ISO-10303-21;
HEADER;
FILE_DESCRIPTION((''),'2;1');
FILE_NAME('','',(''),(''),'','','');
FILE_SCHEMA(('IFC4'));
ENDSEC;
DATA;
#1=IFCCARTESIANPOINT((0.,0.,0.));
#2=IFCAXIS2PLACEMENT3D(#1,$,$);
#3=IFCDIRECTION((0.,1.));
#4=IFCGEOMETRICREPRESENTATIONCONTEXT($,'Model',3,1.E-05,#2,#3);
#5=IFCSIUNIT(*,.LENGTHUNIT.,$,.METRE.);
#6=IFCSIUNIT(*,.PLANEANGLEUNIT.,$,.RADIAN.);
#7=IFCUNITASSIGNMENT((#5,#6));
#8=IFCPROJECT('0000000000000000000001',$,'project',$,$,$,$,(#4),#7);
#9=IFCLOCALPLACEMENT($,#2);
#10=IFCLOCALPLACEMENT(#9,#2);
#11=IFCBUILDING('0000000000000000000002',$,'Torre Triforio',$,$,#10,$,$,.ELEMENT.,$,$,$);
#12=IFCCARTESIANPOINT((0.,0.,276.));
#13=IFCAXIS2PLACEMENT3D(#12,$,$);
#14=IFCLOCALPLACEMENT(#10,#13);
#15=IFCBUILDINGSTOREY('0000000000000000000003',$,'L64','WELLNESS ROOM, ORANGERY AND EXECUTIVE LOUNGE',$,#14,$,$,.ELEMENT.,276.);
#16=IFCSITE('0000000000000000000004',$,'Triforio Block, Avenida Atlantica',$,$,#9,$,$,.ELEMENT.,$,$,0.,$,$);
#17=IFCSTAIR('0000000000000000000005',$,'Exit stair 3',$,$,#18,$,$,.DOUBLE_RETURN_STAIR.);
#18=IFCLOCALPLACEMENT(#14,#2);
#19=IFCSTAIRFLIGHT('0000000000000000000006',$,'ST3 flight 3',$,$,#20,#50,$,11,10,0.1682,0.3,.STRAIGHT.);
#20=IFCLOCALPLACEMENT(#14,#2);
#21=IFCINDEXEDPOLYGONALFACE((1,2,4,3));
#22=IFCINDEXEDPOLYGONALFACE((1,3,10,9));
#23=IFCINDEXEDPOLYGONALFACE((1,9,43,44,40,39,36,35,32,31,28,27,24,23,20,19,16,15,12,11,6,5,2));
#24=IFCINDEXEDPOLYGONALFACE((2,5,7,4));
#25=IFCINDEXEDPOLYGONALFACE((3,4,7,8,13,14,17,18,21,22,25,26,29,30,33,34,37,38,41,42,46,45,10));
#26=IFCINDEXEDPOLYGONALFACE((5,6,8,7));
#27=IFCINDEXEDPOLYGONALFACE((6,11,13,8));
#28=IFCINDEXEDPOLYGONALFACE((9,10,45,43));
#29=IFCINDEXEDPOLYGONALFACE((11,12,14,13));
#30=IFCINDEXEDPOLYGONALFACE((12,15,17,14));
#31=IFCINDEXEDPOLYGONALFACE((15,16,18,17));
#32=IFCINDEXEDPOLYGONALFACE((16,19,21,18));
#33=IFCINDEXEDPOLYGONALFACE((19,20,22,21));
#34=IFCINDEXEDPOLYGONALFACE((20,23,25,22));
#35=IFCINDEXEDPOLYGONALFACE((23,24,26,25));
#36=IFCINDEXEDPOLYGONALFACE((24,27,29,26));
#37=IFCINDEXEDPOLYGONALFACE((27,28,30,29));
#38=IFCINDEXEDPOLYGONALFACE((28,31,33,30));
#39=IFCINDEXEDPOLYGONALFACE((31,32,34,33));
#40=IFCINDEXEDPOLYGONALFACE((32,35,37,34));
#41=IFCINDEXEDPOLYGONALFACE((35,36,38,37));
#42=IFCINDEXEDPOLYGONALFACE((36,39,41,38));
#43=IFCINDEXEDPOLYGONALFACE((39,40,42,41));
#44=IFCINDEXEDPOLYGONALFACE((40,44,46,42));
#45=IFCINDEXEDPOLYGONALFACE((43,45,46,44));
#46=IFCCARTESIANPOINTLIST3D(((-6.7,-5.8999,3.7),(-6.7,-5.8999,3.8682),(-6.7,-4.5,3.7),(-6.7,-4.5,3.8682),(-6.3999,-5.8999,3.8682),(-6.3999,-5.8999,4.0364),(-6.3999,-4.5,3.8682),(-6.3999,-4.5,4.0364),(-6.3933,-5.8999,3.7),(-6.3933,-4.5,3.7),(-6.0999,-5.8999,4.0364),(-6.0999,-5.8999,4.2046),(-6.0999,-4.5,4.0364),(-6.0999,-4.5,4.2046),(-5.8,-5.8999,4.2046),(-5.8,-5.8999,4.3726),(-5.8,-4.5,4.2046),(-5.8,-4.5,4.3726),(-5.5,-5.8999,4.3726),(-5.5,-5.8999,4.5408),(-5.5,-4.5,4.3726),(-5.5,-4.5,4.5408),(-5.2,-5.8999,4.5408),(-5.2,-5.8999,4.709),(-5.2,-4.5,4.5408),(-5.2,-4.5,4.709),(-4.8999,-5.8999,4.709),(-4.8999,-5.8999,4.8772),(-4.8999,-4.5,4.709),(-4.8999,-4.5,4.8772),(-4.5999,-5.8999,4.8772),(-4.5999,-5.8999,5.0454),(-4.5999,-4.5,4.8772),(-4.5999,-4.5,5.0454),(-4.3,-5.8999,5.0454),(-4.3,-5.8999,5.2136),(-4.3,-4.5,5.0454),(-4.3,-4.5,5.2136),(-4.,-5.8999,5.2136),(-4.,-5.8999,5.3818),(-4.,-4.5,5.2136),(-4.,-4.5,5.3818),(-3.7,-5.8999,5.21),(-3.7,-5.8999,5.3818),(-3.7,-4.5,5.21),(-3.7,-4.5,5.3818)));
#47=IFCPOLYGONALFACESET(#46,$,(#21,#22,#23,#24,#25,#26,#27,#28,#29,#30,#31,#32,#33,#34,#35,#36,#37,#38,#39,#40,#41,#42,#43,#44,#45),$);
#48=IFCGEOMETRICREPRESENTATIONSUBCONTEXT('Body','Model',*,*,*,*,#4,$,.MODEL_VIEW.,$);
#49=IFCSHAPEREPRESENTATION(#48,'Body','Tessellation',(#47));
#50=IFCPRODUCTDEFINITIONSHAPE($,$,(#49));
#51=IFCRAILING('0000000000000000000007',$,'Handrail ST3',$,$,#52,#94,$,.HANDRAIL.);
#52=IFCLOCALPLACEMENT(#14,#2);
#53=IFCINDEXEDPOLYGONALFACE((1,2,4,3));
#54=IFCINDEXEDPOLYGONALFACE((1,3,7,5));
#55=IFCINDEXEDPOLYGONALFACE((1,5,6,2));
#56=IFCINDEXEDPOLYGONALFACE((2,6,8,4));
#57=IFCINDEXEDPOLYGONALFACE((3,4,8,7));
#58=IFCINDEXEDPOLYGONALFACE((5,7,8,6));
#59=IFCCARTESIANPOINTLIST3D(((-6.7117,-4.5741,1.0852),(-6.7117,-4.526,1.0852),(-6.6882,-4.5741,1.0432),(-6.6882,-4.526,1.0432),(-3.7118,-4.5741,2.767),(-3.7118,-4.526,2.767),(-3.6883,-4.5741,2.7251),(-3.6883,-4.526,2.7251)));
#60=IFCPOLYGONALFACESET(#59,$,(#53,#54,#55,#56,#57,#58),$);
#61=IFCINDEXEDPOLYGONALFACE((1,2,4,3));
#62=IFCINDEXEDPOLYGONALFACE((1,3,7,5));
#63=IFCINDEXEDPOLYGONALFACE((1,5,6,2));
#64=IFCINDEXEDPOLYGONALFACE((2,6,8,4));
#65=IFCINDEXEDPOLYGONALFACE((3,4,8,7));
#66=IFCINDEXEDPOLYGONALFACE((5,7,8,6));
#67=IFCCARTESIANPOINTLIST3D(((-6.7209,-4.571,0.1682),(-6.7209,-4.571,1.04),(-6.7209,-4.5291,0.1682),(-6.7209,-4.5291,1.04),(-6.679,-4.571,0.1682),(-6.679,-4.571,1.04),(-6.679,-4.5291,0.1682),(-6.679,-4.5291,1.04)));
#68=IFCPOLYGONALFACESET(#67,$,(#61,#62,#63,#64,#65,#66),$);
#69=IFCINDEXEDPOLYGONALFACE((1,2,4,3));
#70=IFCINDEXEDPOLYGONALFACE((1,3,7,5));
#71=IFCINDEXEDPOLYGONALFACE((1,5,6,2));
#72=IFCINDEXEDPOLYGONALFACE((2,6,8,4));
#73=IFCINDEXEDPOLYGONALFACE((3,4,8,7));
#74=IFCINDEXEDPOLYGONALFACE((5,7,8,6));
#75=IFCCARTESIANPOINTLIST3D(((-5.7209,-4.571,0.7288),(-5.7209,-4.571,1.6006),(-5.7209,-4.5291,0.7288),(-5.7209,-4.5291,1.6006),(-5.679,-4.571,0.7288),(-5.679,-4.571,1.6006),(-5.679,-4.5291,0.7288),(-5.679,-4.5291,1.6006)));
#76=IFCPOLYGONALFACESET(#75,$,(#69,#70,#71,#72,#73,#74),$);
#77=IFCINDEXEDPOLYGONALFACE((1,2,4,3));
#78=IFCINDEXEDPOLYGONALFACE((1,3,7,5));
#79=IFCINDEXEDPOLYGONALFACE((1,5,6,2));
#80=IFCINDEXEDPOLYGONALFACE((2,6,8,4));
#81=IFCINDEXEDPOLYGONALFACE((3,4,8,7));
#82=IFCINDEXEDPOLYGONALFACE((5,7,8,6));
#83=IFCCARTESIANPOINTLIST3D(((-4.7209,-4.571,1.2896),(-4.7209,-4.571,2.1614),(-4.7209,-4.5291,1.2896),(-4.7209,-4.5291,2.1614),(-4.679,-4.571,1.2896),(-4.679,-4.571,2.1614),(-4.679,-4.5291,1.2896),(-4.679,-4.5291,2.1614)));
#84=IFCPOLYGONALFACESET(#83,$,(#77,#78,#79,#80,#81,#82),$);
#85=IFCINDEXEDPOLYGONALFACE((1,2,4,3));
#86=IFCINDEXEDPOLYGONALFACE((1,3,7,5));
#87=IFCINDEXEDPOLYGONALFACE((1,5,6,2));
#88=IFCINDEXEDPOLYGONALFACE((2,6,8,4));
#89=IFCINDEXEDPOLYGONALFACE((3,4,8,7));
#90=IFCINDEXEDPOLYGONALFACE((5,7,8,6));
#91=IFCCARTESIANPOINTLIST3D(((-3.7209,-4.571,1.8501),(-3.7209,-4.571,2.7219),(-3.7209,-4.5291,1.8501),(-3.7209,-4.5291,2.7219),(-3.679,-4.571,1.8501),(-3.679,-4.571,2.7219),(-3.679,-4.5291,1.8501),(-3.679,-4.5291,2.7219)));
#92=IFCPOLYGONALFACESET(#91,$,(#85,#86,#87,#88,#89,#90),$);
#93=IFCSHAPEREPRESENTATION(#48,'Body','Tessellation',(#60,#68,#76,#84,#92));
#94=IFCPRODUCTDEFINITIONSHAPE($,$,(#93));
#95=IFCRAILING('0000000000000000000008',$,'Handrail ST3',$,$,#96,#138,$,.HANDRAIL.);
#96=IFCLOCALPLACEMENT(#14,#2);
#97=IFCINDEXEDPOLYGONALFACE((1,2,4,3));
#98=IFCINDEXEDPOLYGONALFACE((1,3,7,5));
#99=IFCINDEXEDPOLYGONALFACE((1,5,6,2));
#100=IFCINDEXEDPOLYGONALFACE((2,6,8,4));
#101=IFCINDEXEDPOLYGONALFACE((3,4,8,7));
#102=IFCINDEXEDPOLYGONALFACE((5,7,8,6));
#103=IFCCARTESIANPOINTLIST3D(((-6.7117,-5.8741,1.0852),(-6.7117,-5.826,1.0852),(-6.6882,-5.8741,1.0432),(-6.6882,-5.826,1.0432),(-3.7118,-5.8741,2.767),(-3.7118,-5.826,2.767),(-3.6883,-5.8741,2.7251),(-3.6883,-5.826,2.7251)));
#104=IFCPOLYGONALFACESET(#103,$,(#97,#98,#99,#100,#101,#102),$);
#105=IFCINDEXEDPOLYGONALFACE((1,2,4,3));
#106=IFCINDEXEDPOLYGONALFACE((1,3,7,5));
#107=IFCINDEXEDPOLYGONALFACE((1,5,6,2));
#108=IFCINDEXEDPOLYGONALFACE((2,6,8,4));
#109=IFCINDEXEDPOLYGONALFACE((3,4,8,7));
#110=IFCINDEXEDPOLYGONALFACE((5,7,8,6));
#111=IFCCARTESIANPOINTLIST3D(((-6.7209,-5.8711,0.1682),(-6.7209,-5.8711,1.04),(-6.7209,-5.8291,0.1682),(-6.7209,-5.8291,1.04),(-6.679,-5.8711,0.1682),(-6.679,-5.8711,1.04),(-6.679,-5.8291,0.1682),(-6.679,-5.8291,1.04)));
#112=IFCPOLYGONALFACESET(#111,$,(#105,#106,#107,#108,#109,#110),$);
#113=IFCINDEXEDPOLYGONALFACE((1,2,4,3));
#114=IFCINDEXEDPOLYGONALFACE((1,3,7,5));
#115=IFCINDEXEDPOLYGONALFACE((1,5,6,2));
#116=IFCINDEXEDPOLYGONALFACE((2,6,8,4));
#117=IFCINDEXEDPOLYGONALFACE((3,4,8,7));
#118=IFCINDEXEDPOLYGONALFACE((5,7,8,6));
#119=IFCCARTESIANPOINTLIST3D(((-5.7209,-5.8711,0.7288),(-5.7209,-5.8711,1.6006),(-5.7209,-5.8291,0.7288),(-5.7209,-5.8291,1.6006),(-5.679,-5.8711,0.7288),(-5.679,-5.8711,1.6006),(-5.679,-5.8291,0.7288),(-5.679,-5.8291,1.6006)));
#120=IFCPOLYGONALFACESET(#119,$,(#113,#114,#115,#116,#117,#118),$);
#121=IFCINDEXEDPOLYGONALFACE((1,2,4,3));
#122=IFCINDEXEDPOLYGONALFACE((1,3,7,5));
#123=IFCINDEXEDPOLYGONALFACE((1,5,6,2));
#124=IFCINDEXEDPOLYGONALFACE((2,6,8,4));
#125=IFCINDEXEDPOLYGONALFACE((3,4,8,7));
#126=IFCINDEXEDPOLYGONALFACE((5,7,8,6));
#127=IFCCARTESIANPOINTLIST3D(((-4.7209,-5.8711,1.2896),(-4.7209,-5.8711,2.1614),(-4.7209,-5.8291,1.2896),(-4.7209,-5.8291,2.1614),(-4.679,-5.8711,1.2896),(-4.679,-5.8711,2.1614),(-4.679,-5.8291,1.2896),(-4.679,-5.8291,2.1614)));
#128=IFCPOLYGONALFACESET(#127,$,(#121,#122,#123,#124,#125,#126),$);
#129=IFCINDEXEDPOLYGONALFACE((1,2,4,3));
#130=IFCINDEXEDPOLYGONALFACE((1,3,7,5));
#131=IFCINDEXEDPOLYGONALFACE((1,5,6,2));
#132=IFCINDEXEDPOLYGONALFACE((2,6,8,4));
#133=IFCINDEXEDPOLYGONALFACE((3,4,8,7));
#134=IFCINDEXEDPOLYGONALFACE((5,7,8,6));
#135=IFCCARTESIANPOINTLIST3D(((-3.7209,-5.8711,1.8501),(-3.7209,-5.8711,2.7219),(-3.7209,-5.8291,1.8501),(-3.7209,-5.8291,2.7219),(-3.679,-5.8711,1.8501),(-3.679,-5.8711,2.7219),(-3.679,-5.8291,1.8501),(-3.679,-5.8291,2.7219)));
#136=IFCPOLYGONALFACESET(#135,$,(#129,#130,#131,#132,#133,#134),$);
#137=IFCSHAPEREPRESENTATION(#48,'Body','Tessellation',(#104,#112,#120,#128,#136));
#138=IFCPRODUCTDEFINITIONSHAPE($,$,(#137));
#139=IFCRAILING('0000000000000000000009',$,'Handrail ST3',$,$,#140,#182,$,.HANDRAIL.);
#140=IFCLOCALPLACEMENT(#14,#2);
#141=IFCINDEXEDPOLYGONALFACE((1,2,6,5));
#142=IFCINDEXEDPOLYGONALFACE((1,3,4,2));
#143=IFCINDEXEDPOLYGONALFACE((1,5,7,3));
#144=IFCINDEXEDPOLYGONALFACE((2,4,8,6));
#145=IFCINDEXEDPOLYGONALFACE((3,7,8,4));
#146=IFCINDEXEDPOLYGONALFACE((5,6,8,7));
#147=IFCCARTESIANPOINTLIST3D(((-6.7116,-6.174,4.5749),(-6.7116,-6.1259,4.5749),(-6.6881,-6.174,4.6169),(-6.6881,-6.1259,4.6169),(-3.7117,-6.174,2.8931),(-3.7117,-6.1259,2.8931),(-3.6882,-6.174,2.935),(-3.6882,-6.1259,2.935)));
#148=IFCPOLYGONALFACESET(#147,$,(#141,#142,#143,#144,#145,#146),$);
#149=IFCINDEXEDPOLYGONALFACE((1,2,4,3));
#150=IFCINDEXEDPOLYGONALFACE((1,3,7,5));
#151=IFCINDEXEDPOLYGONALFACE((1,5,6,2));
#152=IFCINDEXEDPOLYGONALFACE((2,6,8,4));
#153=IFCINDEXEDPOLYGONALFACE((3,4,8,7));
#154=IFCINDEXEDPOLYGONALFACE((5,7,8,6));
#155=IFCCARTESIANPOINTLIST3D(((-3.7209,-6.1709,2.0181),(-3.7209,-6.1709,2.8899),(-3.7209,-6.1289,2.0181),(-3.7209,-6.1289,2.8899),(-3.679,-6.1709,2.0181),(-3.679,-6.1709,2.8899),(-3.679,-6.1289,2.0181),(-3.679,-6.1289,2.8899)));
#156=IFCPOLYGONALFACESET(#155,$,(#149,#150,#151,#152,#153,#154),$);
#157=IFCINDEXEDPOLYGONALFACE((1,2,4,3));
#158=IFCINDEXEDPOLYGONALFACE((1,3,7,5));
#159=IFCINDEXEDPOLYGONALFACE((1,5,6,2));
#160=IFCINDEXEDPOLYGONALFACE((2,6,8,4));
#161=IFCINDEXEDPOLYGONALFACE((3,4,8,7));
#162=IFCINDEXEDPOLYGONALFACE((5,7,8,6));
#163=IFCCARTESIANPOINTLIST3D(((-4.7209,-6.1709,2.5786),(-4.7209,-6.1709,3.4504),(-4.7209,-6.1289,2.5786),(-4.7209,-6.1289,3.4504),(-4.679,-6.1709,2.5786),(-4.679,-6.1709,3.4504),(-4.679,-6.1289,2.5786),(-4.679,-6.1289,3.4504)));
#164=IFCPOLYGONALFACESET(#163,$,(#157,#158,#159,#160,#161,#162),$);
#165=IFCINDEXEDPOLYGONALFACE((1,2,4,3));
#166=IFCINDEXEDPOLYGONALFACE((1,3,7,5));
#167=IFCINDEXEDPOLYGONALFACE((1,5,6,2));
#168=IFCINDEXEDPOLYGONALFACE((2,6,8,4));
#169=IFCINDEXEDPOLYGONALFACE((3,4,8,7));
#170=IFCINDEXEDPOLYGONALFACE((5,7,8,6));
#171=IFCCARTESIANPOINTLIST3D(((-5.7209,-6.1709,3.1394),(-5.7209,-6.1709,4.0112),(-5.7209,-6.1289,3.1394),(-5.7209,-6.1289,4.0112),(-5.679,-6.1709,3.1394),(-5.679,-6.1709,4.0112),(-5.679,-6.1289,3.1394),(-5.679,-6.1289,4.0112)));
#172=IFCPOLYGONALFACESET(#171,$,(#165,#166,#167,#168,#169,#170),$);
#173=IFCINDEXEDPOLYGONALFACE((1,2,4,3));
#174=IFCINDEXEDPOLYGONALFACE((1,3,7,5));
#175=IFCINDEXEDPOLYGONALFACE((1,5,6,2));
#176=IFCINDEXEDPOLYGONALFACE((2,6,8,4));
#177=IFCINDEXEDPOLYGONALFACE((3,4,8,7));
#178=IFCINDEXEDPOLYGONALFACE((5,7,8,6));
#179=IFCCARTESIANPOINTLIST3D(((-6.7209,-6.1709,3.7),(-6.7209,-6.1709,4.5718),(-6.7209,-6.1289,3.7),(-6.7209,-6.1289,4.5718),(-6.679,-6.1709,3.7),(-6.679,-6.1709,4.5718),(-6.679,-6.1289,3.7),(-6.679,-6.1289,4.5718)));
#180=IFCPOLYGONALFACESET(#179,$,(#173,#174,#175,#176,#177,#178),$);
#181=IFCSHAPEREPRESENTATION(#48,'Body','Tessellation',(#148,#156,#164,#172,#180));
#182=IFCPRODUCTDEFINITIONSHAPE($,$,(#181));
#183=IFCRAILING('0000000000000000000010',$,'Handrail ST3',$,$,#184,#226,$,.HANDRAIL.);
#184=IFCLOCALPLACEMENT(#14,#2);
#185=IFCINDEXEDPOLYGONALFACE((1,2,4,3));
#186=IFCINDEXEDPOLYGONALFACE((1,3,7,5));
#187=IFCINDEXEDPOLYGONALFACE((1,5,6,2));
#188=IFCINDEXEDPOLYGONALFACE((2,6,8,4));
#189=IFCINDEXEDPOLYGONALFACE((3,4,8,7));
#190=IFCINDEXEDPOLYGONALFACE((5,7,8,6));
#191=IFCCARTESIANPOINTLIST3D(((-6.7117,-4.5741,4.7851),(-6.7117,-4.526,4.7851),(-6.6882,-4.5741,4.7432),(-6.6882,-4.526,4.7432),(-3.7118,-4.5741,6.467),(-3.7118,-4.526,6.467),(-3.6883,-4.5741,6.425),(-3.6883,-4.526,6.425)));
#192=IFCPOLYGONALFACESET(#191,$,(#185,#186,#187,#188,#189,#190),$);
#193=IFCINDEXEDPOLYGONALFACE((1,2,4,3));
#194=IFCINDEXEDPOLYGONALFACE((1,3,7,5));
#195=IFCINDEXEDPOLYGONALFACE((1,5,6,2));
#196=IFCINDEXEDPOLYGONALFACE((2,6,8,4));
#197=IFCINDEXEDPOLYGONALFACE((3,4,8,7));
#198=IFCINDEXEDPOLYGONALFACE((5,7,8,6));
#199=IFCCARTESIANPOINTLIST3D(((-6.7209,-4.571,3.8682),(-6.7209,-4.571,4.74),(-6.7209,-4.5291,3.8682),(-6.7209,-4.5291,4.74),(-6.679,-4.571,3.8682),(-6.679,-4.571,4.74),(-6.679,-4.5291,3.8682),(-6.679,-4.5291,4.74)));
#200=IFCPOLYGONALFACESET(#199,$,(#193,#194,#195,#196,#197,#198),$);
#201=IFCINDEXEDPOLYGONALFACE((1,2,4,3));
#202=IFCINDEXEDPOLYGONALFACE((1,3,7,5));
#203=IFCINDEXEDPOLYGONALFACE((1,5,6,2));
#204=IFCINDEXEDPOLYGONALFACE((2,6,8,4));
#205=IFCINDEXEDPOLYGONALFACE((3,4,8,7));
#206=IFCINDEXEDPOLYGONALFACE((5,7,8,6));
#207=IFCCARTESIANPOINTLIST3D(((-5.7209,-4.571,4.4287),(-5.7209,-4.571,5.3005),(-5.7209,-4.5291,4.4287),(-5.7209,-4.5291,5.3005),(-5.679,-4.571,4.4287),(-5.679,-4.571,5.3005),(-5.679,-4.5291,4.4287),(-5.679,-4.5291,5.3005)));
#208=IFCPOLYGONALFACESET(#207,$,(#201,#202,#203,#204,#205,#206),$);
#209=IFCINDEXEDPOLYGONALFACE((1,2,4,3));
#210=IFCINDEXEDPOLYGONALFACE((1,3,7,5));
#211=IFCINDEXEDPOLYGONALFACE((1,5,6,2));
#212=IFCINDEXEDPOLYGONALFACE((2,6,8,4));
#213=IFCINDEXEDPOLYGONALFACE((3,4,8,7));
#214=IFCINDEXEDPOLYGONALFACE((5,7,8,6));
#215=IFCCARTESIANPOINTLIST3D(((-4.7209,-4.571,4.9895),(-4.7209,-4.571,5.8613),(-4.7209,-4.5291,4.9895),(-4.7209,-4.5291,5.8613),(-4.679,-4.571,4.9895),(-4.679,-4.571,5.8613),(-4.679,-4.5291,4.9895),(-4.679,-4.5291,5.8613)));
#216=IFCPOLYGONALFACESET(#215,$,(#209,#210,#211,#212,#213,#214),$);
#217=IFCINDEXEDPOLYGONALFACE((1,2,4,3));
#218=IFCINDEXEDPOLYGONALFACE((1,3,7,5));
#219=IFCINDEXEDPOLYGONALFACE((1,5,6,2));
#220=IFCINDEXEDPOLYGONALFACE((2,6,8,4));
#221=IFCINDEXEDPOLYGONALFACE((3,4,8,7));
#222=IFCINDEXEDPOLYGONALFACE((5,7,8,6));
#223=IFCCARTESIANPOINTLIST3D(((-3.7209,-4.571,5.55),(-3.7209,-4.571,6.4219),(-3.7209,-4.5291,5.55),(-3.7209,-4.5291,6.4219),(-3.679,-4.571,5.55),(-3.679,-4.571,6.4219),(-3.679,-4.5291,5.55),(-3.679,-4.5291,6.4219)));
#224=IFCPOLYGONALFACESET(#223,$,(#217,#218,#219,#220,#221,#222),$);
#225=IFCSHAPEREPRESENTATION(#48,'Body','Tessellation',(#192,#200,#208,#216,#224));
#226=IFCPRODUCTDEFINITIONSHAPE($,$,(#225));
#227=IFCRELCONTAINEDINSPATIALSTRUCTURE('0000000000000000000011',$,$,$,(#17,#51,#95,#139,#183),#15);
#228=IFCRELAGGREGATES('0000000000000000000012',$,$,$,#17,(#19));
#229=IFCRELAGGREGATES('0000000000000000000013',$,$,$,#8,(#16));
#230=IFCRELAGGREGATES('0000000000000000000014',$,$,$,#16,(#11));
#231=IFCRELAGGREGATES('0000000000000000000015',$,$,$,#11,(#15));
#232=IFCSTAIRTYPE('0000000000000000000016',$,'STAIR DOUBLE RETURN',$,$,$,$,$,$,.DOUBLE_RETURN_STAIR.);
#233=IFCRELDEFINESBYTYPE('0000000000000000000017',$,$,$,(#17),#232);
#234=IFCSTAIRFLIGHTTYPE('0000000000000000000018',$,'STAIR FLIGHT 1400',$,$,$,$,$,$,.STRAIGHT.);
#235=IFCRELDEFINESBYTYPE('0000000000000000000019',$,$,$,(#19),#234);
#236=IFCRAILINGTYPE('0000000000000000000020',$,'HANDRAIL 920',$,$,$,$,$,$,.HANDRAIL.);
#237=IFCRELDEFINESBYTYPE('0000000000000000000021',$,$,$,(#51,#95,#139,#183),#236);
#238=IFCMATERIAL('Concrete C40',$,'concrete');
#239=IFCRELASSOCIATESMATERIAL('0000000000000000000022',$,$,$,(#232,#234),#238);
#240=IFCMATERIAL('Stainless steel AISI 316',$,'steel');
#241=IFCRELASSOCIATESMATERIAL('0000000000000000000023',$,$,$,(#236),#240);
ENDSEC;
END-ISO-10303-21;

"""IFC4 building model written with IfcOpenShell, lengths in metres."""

from ifc_helpers import new_model, si_unit, direction, frame, origin, origin_2d, place, context, subcontext, project, spatial, polyline, rectangle, outline, extrude, material, type_object, element, aggregate, save


model = new_model("IFC4")

# Units and contexts
model_context = context("Model", 3, precision=1e-05, world=origin(), true_north=direction((0.0, 1.0)))
body_context = subcontext(model_context, "Body", "Model", "MODEL_VIEW")
ifc_project = project(units=[si_unit("LENGTHUNIT", "METRE"), si_unit("PLANEANGLEUNIT", "RADIAN")], contexts=[model_context])

# Site, building, storey
site_placement = place(None, origin())
site = spatial("IfcSite", under=ifc_project, at=site_placement, Name="Triforio Block, Avenida Atlantica", CompositionType="ELEMENT", RefElevation=0.0)
building_placement = place(site_placement, origin())
building = spatial("IfcBuilding", under=site, at=building_placement, Name="Torre Triforio", CompositionType="ELEMENT")
storey_placement = place(building_placement, frame((0.0, 0.0, 276.0)))
storey = spatial("IfcBuildingStorey", under=building, at=storey_placement, Name="L64", Description="WELLNESS ROOM, ORANGERY AND EXECUTIVE LOUNGE", CompositionType="ELEMENT", Elevation=276.0)

# Shared definitions
ifc_material_1 = material(Name="Concrete C40", Category="concrete")

# Stair, stair flight
stair_type = type_object("IfcStairType", Name="STAIR DOUBLE RETURN", PredefinedType="DOUBLE_RETURN_STAIR", material=ifc_material_1)
stair_placement = place(storey_placement, origin())
stair = element("IfcStair", 1, at=stair_placement, inside=storey, type_object=stair_type, Name="Exit stair 3", PredefinedType="DOUBLE_RETURN_STAIR")
stair_flight_type = type_object("IfcStairFlightType", Name="STAIR FLIGHT 1400", PredefinedType="STRAIGHT", material=ifc_material_1)
stair_flight_1_placement = place(storey_placement, frame((-6.7, -5.2, 3.7), z_axis=(0.0, 0.0, 1.0), x_axis=(1.0, 0.0, 0.0)))
stair_flight_1 = element("IfcStairFlight", 2, at=stair_flight_1_placement, type_object=stair_flight_type, Name="ST3 flight 3", NumberOfRisers=11, NumberOfTreads=10, PredefinedType="STRAIGHT", RiserHeight=0.1682, TreadLength=0.3, context=body_context, shape_type="SweptSolid", body=[
    extrude(outline(polyline([(0.0, 0.0), (0.0, 0.1682), (0.3, 0.1682), (0.3, 0.3364), (0.6001, 0.3364), (0.6001, 0.5046), (0.8999, 0.5046), (0.8999, 0.6726), (1.2, 0.6726), (1.2, 0.8408), (1.5, 0.8408), (1.5, 1.009), (1.8, 1.009), (1.8, 1.1772), (2.1001, 1.1772), (2.1001, 1.3455), (2.3999, 1.3455), (2.3999, 1.5137), (2.7, 1.5137), (2.7, 1.6819), (3.0, 1.6819), (3.0, 1.8501), (3.0, 1.51), (0.3066, 0.0), (0.0, 0.0)])), frame((0.0, 0.7, 0.0), z_axis=(0.0, -1.0, 0.0), x_axis=(1.0, 0.0, 0.0)), (0.0, 0.0, 1.0), 1.3999),
])
aggregate(stair, [stair_flight_1])

# Railings
ifc_material_2 = material(Name="Stainless steel AISI 316", Category="steel")
railing_type = type_object("IfcRailingType", Name="HANDRAIL 920", PredefinedType="HANDRAIL", material=ifc_material_2)
for number, where, name in (
    (3, (-6.7, -4.55, 0.1682), "Handrail ST3"),
    (4, (-6.7, -5.8501, 0.1682), "Handrail ST3"),
):
    element("IfcRailing", number, at=place(storey_placement, frame(where)), inside=storey, type_object=railing_type, Name=name, PredefinedType="HANDRAIL", context=body_context, shape_type="SweptSolid", body=[
        extrude(rectangle(XDim=0.0481, YDim=0.0481, at=origin_2d()), frame((0.0, 0.0, 0.896), z_axis=(0.872272, 0.0, 0.48902), x_axis=(0.0, 1.0, 0.0)), (0.0, 0.0, 1.0), 3.4392),
        extrude(rectangle(XDim=0.042, YDim=0.042, at=origin_2d()), origin(), (0.0, 0.0, 1.0), 0.8718),
        extrude(rectangle(XDim=0.042, YDim=0.042, at=origin_2d()), frame((1.0, 0.0, 0.5605)), (0.0, 0.0, 1.0), 0.8718),
        extrude(rectangle(XDim=0.042, YDim=0.042, at=origin_2d()), frame((2.0, 0.0, 1.1213)), (0.0, 0.0, 1.0), 0.8718),
        extrude(rectangle(XDim=0.042, YDim=0.042, at=origin_2d()), frame((3.0, 0.0, 1.6819)), (0.0, 0.0, 1.0), 0.8718),
    ])
railing_1_placement = place(storey_placement, frame((-3.7, -6.1499, 2.0181)))
element("IfcRailing", 5, at=railing_1_placement, inside=storey, type_object=railing_type, Name="Handrail ST3", PredefinedType="HANDRAIL", context=body_context, shape_type="SweptSolid", body=[
    extrude(rectangle(XDim=0.0481, YDim=0.0481, at=origin_2d()), frame((0.0, 0.0, 0.896), z_axis=(-0.872272, 0.0, 0.48902), x_axis=(0.0, -1.0, 0.0)), (0.0, 0.0, 1.0), 3.4392),
    extrude(rectangle(XDim=0.042, YDim=0.042, at=origin_2d()), origin(), (0.0, 0.0, 1.0), 0.8718),
    extrude(rectangle(XDim=0.042, YDim=0.042, at=origin_2d()), frame((-1.0, 0.0, 0.5605)), (0.0, 0.0, 1.0), 0.8718),
    extrude(rectangle(XDim=0.042, YDim=0.042, at=origin_2d()), frame((-2.0, 0.0, 1.1213)), (0.0, 0.0, 1.0), 0.8718),
    extrude(rectangle(XDim=0.042, YDim=0.042, at=origin_2d()), frame((-3.0, 0.0, 1.6819)), (0.0, 0.0, 1.0), 0.8718),
])
for number, where, name in (
    (6, (-6.7, -4.55, 3.8682), "Handrail ST3"),
):
    element("IfcRailing", number, at=place(storey_placement, frame(where)), inside=storey, type_object=railing_type, Name=name, PredefinedType="HANDRAIL", context=body_context, shape_type="SweptSolid", body=[
        extrude(rectangle(XDim=0.0481, YDim=0.0481, at=origin_2d()), frame((0.0, 0.0, 0.896), z_axis=(0.872272, 0.0, 0.48902), x_axis=(0.0, 1.0, 0.0)), (0.0, 0.0, 1.0), 3.4392),
        extrude(rectangle(XDim=0.042, YDim=0.042, at=origin_2d()), origin(), (0.0, 0.0, 1.0), 0.8718),
        extrude(rectangle(XDim=0.042, YDim=0.042, at=origin_2d()), frame((1.0, 0.0, 0.5605)), (0.0, 0.0, 1.0), 0.8718),
        extrude(rectangle(XDim=0.042, YDim=0.042, at=origin_2d()), frame((2.0, 0.0, 1.1213)), (0.0, 0.0, 1.0), 0.8718),
        extrude(rectangle(XDim=0.042, YDim=0.042, at=origin_2d()), frame((3.0, 0.0, 1.6819)), (0.0, 0.0, 1.0), 0.8718),
    ])

save(model, "model.ifc")
